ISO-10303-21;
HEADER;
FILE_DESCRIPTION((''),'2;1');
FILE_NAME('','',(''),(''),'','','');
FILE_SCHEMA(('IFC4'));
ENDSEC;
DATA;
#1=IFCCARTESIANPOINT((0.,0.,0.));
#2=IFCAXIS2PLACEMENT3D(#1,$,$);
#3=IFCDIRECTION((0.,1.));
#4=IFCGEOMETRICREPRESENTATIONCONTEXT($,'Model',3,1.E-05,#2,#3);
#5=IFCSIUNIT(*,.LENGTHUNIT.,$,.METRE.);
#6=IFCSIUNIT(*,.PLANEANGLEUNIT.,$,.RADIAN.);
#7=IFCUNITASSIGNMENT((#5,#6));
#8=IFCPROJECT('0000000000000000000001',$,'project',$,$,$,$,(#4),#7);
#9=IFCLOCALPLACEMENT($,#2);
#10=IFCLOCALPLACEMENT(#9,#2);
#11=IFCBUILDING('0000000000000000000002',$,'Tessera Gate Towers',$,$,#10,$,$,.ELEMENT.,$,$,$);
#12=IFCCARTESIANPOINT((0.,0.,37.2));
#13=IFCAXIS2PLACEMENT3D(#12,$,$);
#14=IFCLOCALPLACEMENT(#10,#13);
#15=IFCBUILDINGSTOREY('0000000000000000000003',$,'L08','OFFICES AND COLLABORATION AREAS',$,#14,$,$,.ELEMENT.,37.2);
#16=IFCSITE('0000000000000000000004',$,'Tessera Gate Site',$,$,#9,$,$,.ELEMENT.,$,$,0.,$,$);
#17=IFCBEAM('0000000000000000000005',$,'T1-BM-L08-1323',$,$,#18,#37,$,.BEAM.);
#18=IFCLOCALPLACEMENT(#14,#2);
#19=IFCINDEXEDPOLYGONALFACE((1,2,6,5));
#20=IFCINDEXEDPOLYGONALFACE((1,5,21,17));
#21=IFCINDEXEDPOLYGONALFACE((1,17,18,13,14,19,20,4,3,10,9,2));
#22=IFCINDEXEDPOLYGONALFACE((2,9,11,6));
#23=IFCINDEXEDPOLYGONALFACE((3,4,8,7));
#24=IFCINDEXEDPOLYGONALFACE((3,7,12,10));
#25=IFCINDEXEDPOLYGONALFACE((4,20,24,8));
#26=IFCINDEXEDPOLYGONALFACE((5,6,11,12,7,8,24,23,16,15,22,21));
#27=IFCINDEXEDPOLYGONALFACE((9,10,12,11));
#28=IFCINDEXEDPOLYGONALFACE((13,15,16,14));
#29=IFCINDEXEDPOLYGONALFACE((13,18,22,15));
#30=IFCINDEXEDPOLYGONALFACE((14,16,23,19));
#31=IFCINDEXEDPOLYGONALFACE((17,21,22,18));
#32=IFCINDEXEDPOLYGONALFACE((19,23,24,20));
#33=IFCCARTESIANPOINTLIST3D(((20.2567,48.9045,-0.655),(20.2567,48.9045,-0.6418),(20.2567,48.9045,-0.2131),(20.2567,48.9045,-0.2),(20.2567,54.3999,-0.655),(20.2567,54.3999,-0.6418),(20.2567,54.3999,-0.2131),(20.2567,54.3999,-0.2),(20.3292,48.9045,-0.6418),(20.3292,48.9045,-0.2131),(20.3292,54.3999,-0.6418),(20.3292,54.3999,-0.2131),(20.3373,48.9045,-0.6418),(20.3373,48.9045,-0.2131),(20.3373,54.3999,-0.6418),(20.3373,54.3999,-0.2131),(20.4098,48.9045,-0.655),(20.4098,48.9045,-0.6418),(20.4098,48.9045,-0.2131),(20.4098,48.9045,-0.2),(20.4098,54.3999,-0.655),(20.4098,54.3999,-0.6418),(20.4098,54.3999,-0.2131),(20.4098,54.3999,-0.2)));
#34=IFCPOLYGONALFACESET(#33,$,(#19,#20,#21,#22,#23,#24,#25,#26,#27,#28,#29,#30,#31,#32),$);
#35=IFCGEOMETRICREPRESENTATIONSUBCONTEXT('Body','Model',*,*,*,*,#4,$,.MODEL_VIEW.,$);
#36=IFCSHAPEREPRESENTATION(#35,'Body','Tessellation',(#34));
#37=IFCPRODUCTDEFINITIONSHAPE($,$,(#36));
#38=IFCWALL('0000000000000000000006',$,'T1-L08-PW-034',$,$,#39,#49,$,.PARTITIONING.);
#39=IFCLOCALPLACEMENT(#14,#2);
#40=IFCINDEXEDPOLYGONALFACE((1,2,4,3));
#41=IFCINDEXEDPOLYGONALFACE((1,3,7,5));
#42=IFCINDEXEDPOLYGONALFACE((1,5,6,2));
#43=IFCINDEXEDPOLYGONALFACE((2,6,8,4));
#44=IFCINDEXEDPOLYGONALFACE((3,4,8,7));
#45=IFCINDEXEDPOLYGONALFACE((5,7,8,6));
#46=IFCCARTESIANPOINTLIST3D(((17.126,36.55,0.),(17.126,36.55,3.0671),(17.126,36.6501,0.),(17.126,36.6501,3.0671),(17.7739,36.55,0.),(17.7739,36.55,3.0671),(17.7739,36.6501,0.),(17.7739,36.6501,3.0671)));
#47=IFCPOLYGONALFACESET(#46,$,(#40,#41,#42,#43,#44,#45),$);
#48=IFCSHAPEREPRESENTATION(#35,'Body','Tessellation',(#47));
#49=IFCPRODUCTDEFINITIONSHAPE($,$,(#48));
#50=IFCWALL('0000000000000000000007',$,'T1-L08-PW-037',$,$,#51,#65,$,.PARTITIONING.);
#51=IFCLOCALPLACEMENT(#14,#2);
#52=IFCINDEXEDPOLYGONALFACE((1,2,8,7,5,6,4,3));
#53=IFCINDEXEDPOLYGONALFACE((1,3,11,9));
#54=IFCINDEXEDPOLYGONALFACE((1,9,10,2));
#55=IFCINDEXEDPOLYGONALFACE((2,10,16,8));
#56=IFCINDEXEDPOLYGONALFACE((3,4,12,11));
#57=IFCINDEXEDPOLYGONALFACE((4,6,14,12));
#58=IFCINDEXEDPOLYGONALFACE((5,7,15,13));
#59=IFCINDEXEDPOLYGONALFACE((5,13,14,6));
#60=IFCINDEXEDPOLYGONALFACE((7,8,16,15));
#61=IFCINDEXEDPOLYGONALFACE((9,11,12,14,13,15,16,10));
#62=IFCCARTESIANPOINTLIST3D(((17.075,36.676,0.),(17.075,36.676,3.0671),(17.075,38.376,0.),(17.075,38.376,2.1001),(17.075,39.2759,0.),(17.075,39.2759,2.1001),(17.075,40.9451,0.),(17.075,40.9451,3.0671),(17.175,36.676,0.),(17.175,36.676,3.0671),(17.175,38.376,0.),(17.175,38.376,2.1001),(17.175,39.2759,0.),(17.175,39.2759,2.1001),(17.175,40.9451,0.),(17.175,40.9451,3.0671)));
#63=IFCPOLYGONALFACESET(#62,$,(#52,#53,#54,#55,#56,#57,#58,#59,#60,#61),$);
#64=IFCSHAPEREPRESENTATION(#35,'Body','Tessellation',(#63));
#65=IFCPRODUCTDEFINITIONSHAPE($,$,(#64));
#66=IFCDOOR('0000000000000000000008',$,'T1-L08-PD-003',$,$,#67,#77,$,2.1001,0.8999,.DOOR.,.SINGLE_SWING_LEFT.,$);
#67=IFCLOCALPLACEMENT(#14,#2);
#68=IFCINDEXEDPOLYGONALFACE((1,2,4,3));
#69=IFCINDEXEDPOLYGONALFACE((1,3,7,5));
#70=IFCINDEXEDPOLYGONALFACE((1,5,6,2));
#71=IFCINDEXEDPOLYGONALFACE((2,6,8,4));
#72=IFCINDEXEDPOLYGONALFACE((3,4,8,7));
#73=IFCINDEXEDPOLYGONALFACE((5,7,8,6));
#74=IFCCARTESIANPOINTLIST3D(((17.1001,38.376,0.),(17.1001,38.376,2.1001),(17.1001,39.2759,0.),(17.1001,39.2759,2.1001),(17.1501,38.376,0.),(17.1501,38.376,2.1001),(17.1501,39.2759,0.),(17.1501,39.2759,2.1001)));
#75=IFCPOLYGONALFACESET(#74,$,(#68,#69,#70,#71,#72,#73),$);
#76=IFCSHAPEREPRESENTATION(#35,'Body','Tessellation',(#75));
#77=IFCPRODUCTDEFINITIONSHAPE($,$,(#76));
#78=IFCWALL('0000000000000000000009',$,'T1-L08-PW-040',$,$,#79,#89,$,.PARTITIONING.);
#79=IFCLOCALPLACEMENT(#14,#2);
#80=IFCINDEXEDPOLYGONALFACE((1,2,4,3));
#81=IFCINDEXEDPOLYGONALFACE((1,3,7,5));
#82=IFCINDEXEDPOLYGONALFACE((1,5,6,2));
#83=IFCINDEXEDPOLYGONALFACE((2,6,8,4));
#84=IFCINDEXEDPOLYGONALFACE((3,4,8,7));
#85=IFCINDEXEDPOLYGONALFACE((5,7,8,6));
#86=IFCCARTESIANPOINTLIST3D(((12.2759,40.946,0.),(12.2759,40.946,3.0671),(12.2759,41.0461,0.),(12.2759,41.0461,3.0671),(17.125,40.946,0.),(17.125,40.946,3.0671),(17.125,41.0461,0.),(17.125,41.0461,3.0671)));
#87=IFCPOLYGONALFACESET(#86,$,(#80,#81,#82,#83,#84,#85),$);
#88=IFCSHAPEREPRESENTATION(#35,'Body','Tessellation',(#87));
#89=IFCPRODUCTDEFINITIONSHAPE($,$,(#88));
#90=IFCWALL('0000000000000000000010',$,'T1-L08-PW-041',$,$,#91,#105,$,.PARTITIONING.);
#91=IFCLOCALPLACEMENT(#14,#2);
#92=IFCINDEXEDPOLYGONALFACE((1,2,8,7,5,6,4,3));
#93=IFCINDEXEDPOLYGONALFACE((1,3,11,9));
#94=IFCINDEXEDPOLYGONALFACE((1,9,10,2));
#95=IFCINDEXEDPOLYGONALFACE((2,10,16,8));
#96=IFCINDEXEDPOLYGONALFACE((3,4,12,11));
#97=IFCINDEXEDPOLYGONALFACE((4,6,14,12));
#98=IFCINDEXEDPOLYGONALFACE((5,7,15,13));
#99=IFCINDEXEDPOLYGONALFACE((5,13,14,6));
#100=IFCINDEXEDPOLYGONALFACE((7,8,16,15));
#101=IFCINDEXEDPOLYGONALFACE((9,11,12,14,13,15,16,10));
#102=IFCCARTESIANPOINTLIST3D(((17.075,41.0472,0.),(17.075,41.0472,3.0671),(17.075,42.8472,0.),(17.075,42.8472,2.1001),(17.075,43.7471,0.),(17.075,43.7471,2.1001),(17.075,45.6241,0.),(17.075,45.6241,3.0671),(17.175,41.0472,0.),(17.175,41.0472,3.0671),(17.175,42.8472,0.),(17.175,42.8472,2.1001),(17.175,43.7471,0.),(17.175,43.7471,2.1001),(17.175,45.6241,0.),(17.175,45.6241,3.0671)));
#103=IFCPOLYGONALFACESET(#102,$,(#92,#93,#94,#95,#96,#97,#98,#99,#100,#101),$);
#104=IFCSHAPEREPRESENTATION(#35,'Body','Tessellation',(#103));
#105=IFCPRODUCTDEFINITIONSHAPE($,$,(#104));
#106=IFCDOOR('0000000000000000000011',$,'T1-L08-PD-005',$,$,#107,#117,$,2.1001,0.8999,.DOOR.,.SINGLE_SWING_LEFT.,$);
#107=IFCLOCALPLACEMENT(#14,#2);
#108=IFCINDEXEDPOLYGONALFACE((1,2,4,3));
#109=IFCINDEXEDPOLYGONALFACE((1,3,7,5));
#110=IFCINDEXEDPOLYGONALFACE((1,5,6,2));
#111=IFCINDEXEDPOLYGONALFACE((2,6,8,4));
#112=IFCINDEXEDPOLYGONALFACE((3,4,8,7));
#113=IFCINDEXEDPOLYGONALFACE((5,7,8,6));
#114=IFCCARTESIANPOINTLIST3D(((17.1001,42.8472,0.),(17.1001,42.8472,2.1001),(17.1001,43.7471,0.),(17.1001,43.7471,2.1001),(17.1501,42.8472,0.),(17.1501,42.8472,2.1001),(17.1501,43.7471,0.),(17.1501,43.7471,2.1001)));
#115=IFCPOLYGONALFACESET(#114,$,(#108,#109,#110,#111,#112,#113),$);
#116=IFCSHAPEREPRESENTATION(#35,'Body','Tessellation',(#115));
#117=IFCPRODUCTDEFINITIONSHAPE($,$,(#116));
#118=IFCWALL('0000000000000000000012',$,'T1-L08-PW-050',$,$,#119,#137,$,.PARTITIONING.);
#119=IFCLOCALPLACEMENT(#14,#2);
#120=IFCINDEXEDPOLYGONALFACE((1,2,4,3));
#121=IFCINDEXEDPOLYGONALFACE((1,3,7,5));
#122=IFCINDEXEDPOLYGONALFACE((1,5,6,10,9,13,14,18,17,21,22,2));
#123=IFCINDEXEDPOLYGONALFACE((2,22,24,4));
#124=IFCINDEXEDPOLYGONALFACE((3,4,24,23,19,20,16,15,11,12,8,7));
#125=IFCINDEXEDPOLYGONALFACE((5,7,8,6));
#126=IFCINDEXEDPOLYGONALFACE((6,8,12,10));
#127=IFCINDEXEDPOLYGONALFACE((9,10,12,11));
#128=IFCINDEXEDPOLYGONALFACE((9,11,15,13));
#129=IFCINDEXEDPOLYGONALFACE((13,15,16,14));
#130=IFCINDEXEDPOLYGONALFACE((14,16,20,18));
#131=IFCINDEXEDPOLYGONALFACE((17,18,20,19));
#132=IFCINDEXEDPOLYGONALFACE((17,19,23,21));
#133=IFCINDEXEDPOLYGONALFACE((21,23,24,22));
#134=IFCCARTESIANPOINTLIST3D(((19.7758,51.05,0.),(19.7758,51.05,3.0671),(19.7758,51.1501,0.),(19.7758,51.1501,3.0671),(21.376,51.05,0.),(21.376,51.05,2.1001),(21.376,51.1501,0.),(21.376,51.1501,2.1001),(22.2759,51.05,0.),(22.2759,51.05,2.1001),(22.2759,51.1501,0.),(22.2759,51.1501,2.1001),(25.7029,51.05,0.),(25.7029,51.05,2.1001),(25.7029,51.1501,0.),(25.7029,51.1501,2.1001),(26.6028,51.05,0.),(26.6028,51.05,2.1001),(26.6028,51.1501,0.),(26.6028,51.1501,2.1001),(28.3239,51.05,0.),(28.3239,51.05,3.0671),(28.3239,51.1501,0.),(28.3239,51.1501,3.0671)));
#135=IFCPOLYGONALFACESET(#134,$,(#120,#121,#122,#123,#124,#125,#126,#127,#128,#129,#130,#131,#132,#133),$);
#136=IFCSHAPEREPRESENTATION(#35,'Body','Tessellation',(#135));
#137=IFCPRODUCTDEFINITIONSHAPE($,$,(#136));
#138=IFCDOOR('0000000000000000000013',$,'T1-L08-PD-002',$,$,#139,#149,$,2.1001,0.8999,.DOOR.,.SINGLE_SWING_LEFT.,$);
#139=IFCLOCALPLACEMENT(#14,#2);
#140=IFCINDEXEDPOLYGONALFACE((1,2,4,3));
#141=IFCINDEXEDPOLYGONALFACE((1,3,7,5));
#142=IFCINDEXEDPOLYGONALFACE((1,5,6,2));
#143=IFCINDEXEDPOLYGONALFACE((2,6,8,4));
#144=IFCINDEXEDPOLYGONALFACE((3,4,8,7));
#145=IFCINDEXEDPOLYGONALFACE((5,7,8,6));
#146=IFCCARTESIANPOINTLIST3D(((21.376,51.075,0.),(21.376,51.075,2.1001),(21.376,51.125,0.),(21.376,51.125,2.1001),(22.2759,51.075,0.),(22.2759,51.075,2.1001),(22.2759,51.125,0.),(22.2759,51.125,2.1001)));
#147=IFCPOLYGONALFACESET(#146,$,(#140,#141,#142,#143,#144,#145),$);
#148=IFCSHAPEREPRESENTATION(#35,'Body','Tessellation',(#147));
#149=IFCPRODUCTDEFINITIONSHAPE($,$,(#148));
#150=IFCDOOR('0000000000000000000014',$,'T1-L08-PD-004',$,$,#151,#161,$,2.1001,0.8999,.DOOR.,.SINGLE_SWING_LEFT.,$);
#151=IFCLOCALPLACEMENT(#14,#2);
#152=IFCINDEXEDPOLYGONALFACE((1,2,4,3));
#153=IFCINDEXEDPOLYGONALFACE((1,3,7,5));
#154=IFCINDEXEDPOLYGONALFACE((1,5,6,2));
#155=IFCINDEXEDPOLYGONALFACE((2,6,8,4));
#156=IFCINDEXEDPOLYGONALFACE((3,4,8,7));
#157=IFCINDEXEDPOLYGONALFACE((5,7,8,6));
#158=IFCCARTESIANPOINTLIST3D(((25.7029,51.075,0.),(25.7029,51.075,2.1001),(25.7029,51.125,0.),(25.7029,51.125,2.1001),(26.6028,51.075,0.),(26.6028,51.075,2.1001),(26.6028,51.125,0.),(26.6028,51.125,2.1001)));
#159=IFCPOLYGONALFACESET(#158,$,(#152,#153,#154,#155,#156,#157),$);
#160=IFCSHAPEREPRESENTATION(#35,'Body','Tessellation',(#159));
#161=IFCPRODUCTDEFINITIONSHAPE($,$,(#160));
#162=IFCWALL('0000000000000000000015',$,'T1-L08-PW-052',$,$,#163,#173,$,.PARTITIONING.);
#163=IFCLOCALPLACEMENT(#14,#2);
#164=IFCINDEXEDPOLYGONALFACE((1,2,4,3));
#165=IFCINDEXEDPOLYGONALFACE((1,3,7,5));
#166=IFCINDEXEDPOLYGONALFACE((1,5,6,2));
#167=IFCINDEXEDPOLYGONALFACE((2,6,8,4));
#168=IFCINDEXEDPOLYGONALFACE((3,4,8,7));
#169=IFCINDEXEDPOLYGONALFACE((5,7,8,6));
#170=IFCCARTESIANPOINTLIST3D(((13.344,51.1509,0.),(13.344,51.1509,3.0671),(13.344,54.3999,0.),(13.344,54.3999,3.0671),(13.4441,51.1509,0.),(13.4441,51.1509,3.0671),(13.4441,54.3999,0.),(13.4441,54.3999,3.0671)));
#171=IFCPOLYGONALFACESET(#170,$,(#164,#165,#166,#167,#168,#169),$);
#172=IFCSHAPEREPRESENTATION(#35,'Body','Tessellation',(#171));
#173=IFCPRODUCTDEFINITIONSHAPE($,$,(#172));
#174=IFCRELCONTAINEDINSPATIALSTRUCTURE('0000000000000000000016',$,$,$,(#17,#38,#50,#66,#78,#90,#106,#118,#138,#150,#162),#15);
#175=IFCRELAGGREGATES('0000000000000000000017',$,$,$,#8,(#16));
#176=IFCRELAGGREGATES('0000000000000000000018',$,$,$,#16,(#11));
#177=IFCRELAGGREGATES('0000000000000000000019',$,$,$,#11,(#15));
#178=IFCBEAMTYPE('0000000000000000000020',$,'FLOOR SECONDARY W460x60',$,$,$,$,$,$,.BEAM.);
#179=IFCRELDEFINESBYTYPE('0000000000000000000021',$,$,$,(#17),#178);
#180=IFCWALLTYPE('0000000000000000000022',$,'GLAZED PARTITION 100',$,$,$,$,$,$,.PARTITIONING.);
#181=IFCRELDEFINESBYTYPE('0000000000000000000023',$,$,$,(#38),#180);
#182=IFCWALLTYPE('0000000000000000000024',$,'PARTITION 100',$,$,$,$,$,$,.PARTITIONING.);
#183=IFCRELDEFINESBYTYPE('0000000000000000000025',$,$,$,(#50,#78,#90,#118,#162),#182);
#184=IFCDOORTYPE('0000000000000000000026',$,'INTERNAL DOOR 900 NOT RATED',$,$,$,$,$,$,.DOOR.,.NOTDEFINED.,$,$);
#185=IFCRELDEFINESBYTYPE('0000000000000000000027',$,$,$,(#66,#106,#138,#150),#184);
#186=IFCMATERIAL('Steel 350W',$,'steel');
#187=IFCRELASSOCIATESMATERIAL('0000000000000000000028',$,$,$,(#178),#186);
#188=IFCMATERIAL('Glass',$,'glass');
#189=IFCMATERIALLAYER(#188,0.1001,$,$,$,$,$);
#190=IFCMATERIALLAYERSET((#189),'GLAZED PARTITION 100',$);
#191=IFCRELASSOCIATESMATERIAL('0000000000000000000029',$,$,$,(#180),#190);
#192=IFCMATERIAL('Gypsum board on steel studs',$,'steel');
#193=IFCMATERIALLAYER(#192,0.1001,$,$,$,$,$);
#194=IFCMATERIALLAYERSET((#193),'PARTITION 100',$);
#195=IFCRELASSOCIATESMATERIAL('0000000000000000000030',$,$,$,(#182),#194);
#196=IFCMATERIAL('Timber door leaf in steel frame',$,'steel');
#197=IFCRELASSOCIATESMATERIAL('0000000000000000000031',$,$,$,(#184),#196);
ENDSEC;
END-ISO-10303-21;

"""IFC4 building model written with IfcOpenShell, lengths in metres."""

from ifc_helpers import new_model, si_unit, direction, frame, frame_2d, origin, origin_2d, place, context, subcontext, project, spatial, rectangle, i_section, extrude, source, transform, mapped, material, layer, layer_set, material_profile, profile_set, type_object, element, fill, save


model = new_model("IFC4")

# Units and contexts
model_context = context("Model", 3, precision=1e-05, world=origin(), true_north=direction((0.0, 1.0)))
body_context = subcontext(model_context, "Body", "Model", "MODEL_VIEW")
ifc_project = project(units=[si_unit("LENGTHUNIT", "METRE"), si_unit("PLANEANGLEUNIT", "RADIAN")], contexts=[model_context])

# Site, building, storey
site_placement = place(None, origin())
site = spatial("IfcSite", under=ifc_project, at=site_placement, Name="Tessera Gate Site", CompositionType="ELEMENT", RefElevation=0.0)
building_placement = place(site_placement, origin())
building = spatial("IfcBuilding", under=site, at=building_placement, Name="Tessera Gate Towers", CompositionType="ELEMENT")
storey_placement = place(building_placement, frame((0.0, 0.0, 37.2)))
storey = spatial("IfcBuildingStorey", under=building, at=storey_placement, Name="L08", Description="OFFICES AND COLLABORATION AREAS", CompositionType="ELEMENT", Elevation=37.2)

# Beam
ifc_material_1 = material(Name="Steel 350W", Category="steel")
ifc_material_profile_1 = material_profile(ifc_material_1, i_section(OverallWidth=0.1531, OverallDepth=0.4551, WebThickness=0.0081, FlangeThickness=0.0132, at=origin_2d()), Name="W460x60")
ifc_profile_set_1 = profile_set([ifc_material_profile_1], Name="Steel 350W")
beam_type_1 = type_object("IfcBeamType", Name="FLOOR SECONDARY W460x60", PredefinedType="BEAM", material=ifc_profile_set_1)
beam_1_placement = place(storey_placement, frame((20.3333, 48.9045, -0.4275), z_axis=(0.0, 1.0, 0.0), x_axis=(-1.0, 0.0, 0.0)))
element("IfcBeam", 1, at=beam_1_placement, inside=storey, type_object=beam_type_1, Name="T1-BM-L08-1323", PredefinedType="BEAM", context=body_context, shape_type="SweptSolid", body=[
    extrude(i_section(OverallWidth=0.1531, OverallDepth=0.4551, WebThickness=0.0081, FlangeThickness=0.0132, at=origin_2d()), origin(), (0.0, 0.0, 1.0), 5.4954),
])

# Wall
ifc_material_2 = material(Name="Glass", Category="glass")
ifc_layer_1 = layer(ifc_material_2, 0.1001)
ifc_layer_set_1 = layer_set([ifc_layer_1], Name="GLAZED PARTITION 100")
wall_type_1 = type_object("IfcWallType", Name="GLAZED PARTITION 100", PredefinedType="PARTITIONING", material=ifc_layer_set_1)
wall_1_placement = place(storey_placement, frame((17.126, 36.6001, 0.0), z_axis=(0.0, 0.0, 1.0), x_axis=(1.0, 0.0, 0.0)))
element("IfcWall", 2, at=wall_1_placement, inside=storey, type_object=wall_type_1, Name="T1-L08-PW-034", PredefinedType="PARTITIONING", context=body_context, shape_type="SweptSolid", body=[
    extrude(rectangle(XDim=0.6479, YDim=0.1001, at=frame_2d((0.324, 0.0))), origin(), (0.0, 0.0, 1.0), 3.0671),
])

# Wall, opening, door
ifc_material_3 = material(Name="Gypsum board on steel studs", Category="steel")
ifc_layer_2 = layer(ifc_material_3, 0.1001)
ifc_layer_set_2 = layer_set([ifc_layer_2], Name="PARTITION 100")
wall_type_2 = type_object("IfcWallType", Name="PARTITION 100", PredefinedType="PARTITIONING", material=ifc_layer_set_2)
wall_2_placement = place(storey_placement, frame((17.125, 36.676, 0.0), z_axis=(0.0, 0.0, 1.0), x_axis=(0.0, 1.0, 0.0)))
wall_2 = element("IfcWall", 3, at=wall_2_placement, inside=storey, type_object=wall_type_2, Name="T1-L08-PW-037", PredefinedType="PARTITIONING", context=body_context, shape_type="SweptSolid", body=[
    extrude(rectangle(XDim=4.269, YDim=0.1001, at=frame_2d((2.1345, 0.0))), origin(), (0.0, 0.0, 1.0), 3.0671),
])
shared_shape_1 = source(origin(), body_context, "Body", "SweptSolid", [
    extrude(rectangle(XDim=0.8999, YDim=2.1001, at=frame_2d((0.45, 1.05))), frame((0.0, 0.0601, 0.0), z_axis=(0.0, -1.0, 0.0), x_axis=(1.0, 0.0, 0.0)), (0.0, 0.0, 1.0), 0.1201),
])
opening_1_placement = place(wall_2_placement, frame((1.7, 0.0, 0.0)))
opening_1 = element("IfcOpeningElement", 4, at=opening_1_placement, cuts=wall_2, PredefinedType="OPENING", context=body_context, shape_type="MappedRepresentation", body=[
    mapped(shared_shape_1, transform((0.0, 0.0, 0.0), scale=1.0)),
])
ifc_material_4 = material(Name="Timber door leaf in steel frame", Category="steel")
door_type = type_object("IfcDoorType", Name="INTERNAL DOOR 900 NOT RATED", OperationType="NOTDEFINED", PredefinedType="DOOR", material=ifc_material_4)
shared_shape_2 = source(origin(), body_context, "Body", "SweptSolid", [
    extrude(rectangle(XDim=0.8999, YDim=2.1001, at=frame_2d((0.45, 1.05))), frame((0.0, 0.0249, 0.0), z_axis=(0.0, -1.0, 0.0), x_axis=(1.0, 0.0, 0.0)), (0.0, 0.0, 1.0), 0.05),
])
door_1_placement = place(opening_1_placement, origin())
door_1 = element("IfcDoor", 5, at=door_1_placement, inside=storey, type_object=door_type, Name="T1-L08-PD-003", OperationType="SINGLE_SWING_LEFT", OverallHeight=2.1001, OverallWidth=0.8999, PredefinedType="DOOR", context=body_context, shape_type="MappedRepresentation", body=[
    mapped(shared_shape_2, transform((0.0, 0.0, 0.0), scale=1.0)),
])
fill(opening_1, door_1)

# Wall
wall_3_placement = place(storey_placement, frame((12.2759, 40.9961, 0.0), z_axis=(0.0, 0.0, 1.0), x_axis=(1.0, 0.0, 0.0)))
element("IfcWall", 6, at=wall_3_placement, inside=storey, type_object=wall_type_2, Name="T1-L08-PW-040", PredefinedType="PARTITIONING", context=body_context, shape_type="SweptSolid", body=[
    extrude(rectangle(XDim=4.8491, YDim=0.1001, at=frame_2d((2.4246, 0.0))), origin(), (0.0, 0.0, 1.0), 3.0671),
])

# Wall, opening, door
wall_4_placement = place(storey_placement, frame((17.125, 41.0471, 0.0), z_axis=(0.0, 0.0, 1.0), x_axis=(0.0, 1.0, 0.0)))
wall_4 = element("IfcWall", 7, at=wall_4_placement, inside=storey, type_object=wall_type_2, Name="T1-L08-PW-041", PredefinedType="PARTITIONING", context=body_context, shape_type="SweptSolid", body=[
    extrude(rectangle(XDim=4.5769, YDim=0.1001, at=frame_2d((2.2886, 0.0))), origin(), (0.0, 0.0, 1.0), 3.0671),
])
opening_2_placement = place(wall_4_placement, frame((1.8, 0.0, 0.0)))
opening_2 = element("IfcOpeningElement", 8, at=opening_2_placement, cuts=wall_4, PredefinedType="OPENING", context=body_context, shape_type="MappedRepresentation", body=[
    mapped(shared_shape_1, transform((0.0, 0.0, 0.0), scale=1.0)),
])
door_2_placement = place(opening_2_placement, origin())
door_2 = element("IfcDoor", 9, at=door_2_placement, inside=storey, type_object=door_type, Name="T1-L08-PD-005", OperationType="SINGLE_SWING_LEFT", OverallHeight=2.1001, OverallWidth=0.8999, PredefinedType="DOOR", context=body_context, shape_type="MappedRepresentation", body=[
    mapped(shared_shape_2, transform((0.0, 0.0, 0.0), scale=1.0)),
])
fill(opening_2, door_2)

# Wall, openings, doors
wall_5_placement = place(storey_placement, frame((19.7759, 51.1001, 0.0), z_axis=(0.0, 0.0, 1.0), x_axis=(1.0, 0.0, 0.0)))
wall_5 = element("IfcWall", 10, at=wall_5_placement, inside=storey, type_object=wall_type_2, Name="T1-L08-PW-050", PredefinedType="PARTITIONING", context=body_context, shape_type="SweptSolid", body=[
    extrude(rectangle(XDim=8.5481, YDim=0.1001, at=frame_2d((4.2739, 0.0))), origin(), (0.0, 0.0, 1.0), 3.0671),
])
opening_3_placement = place(wall_5_placement, frame((1.6001, 0.0, 0.0)))
opening_3 = element("IfcOpeningElement", 11, at=opening_3_placement, cuts=wall_5, PredefinedType="OPENING", context=body_context, shape_type="MappedRepresentation", body=[
    mapped(shared_shape_1, transform((0.0, 0.0, 0.0), scale=1.0)),
])
opening_4_placement = place(wall_5_placement, frame((5.927, 0.0, 0.0)))
opening_4 = element("IfcOpeningElement", 12, at=opening_4_placement, cuts=wall_5, PredefinedType="OPENING", context=body_context, shape_type="MappedRepresentation", body=[
    mapped(shared_shape_1, transform((0.0, 0.0, 0.0), scale=1.0)),
])
door_3_placement = place(opening_3_placement, origin())
door_3 = element("IfcDoor", 13, at=door_3_placement, inside=storey, type_object=door_type, Name="T1-L08-PD-002", OperationType="SINGLE_SWING_LEFT", OverallHeight=2.1001, OverallWidth=0.8999, PredefinedType="DOOR", context=body_context, shape_type="MappedRepresentation", body=[
    mapped(shared_shape_2, transform((0.0, 0.0, 0.0), scale=1.0)),
])
fill(opening_3, door_3)
door_4_placement = place(opening_4_placement, origin())
door_4 = element("IfcDoor", 14, at=door_4_placement, inside=storey, type_object=door_type, Name="T1-L08-PD-004", OperationType="SINGLE_SWING_LEFT", OverallHeight=2.1001, OverallWidth=0.8999, PredefinedType="DOOR", context=body_context, shape_type="MappedRepresentation", body=[
    mapped(shared_shape_2, transform((0.0, 0.0, 0.0), scale=1.0)),
])
fill(opening_4, door_4)

# Wall
for number, where, z_axis, x_axis, name in (
    (15, (13.394, 51.1509, 0.0), (0.0, 0.0, 1.0), (0.0, 1.0, 0.0), "T1-L08-PW-052"),
):
    element("IfcWall", number, at=place(storey_placement, frame(where, z_axis=z_axis, x_axis=x_axis)), inside=storey, type_object=wall_type_2, Name=name, PredefinedType="PARTITIONING", context=body_context, shape_type="SweptSolid", body=[
        extrude(rectangle(XDim=3.249, YDim=0.1001, at=frame_2d((1.6245, 0.0))), origin(), (0.0, 0.0, 1.0), 3.0671),
    ])

save(model, "model.ifc")
